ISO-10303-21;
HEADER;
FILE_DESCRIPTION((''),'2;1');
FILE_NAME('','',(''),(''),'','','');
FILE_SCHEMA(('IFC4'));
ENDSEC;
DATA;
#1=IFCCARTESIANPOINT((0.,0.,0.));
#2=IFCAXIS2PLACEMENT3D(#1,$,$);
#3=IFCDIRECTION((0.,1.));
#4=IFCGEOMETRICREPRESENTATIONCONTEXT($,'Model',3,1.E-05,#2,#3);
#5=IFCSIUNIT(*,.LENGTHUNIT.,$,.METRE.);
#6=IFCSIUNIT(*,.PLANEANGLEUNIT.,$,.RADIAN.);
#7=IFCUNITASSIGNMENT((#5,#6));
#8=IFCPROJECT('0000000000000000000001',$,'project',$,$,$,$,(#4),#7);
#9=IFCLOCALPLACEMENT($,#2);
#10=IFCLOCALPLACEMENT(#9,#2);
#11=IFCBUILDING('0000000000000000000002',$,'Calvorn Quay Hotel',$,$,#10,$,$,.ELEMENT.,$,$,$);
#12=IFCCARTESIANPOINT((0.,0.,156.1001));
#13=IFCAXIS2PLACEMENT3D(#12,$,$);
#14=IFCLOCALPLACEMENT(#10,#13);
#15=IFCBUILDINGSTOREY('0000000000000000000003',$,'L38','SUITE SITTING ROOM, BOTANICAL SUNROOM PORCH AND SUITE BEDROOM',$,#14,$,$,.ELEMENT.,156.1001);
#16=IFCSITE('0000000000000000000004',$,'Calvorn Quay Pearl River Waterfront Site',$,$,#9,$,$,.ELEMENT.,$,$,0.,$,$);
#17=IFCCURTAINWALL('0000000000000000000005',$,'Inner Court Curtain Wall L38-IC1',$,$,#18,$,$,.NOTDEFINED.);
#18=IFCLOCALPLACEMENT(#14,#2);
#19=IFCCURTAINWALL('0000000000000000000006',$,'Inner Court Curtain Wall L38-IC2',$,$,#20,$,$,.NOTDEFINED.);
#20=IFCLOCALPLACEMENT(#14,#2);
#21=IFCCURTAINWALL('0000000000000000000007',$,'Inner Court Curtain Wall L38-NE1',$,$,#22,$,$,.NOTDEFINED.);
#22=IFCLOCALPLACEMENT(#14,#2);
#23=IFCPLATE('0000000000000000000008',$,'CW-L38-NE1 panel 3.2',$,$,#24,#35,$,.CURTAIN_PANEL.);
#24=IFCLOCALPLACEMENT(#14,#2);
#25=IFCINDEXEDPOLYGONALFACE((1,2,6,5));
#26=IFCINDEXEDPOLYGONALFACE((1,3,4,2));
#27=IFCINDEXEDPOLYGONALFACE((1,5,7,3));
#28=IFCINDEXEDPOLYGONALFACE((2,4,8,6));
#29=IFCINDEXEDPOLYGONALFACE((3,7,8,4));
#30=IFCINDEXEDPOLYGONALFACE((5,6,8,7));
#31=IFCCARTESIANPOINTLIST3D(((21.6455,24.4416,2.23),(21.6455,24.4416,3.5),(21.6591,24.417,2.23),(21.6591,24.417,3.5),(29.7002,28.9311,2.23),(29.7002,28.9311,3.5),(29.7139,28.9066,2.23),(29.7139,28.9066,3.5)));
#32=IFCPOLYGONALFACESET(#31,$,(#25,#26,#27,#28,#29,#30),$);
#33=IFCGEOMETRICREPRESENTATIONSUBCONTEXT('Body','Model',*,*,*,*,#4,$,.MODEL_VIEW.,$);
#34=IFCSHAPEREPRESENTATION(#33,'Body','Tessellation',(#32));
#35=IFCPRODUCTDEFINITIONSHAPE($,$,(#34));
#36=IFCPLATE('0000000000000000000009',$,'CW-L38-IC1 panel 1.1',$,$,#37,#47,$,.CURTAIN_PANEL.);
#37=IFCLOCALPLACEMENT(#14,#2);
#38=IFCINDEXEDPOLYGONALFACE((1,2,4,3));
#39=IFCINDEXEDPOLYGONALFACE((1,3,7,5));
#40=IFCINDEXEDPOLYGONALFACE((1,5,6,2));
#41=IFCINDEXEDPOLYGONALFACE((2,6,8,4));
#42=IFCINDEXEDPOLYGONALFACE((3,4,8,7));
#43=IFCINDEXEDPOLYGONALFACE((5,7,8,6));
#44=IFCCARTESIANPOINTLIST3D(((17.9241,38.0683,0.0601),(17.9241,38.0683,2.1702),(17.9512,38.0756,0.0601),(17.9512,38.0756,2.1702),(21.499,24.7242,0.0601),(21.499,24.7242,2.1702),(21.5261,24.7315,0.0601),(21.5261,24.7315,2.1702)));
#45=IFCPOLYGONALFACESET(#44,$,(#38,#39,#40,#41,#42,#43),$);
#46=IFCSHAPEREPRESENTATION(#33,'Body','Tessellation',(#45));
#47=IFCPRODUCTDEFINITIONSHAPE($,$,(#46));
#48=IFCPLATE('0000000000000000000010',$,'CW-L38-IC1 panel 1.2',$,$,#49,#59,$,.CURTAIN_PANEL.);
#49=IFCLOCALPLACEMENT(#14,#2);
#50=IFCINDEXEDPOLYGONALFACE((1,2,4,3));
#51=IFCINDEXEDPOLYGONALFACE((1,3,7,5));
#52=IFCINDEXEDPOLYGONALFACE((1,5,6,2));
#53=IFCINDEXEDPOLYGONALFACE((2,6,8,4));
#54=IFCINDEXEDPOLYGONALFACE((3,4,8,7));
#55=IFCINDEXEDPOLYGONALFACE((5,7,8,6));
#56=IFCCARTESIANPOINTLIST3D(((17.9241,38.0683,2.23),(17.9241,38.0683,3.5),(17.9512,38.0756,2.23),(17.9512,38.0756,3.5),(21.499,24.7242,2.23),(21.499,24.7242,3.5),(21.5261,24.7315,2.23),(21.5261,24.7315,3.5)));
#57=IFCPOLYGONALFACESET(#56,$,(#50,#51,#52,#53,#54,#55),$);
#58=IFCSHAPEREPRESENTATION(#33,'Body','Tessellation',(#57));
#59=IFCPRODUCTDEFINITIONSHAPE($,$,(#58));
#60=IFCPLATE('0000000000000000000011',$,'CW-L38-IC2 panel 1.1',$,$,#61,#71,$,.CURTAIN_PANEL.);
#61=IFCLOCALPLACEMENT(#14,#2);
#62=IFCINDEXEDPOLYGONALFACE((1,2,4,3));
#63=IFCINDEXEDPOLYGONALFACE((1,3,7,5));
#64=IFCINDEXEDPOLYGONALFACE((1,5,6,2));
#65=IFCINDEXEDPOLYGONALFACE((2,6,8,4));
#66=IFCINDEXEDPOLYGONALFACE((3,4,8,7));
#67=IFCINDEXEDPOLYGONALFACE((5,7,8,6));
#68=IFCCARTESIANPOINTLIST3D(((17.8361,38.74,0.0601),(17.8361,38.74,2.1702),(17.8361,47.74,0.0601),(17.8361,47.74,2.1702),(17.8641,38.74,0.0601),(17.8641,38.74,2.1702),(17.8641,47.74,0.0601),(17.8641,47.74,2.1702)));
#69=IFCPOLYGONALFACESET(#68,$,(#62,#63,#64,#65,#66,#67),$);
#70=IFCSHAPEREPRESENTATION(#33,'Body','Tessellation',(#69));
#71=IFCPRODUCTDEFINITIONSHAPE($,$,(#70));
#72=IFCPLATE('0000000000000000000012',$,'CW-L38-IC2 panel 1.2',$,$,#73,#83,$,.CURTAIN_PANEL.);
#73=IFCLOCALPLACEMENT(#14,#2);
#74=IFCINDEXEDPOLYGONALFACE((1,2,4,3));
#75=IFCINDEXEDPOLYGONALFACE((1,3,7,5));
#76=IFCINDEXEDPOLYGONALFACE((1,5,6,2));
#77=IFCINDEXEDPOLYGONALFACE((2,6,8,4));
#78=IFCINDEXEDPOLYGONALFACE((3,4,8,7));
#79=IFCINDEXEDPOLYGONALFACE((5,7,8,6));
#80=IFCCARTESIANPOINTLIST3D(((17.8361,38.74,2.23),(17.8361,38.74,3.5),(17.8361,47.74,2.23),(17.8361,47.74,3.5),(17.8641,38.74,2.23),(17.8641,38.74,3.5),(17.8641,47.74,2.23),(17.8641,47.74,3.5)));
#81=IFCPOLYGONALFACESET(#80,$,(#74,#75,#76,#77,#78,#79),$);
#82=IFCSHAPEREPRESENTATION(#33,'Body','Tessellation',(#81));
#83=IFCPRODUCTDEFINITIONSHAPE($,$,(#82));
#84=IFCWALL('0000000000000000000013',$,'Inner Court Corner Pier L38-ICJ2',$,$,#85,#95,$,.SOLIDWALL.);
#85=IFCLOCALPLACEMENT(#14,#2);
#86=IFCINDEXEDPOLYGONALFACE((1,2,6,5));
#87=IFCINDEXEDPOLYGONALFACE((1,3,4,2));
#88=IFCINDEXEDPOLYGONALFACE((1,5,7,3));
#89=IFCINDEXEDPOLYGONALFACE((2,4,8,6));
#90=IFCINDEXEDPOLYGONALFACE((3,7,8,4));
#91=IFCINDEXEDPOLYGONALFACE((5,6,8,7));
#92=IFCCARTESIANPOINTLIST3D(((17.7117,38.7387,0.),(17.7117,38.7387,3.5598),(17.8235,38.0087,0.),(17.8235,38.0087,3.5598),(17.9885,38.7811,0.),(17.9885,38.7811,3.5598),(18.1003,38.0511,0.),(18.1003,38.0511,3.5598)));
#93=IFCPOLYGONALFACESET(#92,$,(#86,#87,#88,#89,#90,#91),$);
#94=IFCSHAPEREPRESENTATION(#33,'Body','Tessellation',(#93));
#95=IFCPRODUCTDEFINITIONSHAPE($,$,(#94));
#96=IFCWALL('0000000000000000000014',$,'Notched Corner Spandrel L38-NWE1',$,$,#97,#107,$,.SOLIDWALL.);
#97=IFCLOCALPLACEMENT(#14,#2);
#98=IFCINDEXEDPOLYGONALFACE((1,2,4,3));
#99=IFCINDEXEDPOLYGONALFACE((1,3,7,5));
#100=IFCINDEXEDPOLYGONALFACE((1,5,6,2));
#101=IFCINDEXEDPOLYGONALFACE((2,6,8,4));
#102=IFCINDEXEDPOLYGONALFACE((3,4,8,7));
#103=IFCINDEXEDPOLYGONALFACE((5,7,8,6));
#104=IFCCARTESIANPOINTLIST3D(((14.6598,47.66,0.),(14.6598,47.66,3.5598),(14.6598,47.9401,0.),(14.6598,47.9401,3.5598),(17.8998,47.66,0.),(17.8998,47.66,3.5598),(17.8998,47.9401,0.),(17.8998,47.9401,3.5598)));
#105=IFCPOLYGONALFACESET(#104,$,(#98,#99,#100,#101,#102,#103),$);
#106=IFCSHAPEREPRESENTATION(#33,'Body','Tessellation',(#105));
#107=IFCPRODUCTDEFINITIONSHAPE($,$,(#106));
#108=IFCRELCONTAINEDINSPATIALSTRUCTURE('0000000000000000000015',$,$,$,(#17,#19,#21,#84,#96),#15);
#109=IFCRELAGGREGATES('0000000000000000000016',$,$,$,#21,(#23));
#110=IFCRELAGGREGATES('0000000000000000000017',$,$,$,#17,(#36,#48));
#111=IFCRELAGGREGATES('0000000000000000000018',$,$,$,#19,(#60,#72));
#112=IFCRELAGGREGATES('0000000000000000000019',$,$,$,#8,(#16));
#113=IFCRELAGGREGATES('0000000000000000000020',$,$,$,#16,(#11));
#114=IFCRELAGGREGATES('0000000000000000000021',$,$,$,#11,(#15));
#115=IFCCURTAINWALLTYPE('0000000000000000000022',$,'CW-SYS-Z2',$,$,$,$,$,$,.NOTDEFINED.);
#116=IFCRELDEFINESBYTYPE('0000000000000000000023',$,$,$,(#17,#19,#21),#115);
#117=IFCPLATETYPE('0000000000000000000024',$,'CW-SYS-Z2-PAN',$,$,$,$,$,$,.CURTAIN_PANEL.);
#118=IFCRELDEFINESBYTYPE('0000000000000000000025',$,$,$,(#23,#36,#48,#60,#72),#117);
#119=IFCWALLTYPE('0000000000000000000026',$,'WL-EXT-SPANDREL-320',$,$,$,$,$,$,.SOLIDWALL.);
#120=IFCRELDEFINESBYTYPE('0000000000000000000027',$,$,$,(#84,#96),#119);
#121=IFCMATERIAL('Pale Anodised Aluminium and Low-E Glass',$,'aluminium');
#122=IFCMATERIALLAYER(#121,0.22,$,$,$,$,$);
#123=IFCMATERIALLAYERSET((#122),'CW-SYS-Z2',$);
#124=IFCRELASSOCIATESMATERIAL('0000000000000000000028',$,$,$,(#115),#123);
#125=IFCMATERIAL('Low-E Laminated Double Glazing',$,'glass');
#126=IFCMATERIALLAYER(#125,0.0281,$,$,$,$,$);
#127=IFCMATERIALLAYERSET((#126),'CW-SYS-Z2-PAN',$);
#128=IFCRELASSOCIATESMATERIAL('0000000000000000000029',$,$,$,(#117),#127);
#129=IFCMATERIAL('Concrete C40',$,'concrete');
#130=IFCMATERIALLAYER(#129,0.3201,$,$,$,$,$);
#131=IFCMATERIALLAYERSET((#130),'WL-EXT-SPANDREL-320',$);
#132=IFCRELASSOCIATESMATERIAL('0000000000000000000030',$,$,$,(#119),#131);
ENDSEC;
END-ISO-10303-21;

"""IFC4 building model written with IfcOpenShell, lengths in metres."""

from ifc_helpers import new_model, si_unit, direction, frame, frame_2d, origin, origin_2d, place, context, subcontext, project, spatial, rectangle, extrude, material, layer, layer_set, type_object, element, aggregate, save


model = new_model("IFC4")

# Units and contexts
model_context = context("Model", 3, precision=1e-05, world=origin(), true_north=direction((0.0, 1.0)))
body_context = subcontext(model_context, "Body", "Model", "MODEL_VIEW")
ifc_project = project(units=[si_unit("LENGTHUNIT", "METRE"), si_unit("PLANEANGLEUNIT", "RADIAN")], contexts=[model_context])

# Site, building, storey
site_placement = place(None, origin())
site = spatial("IfcSite", under=ifc_project, at=site_placement, Name="Calvorn Quay Pearl River Waterfront Site", CompositionType="ELEMENT", RefElevation=0.0)
building_placement = place(site_placement, origin())
building = spatial("IfcBuilding", under=site, at=building_placement, Name="Calvorn Quay Hotel", CompositionType="ELEMENT")
storey_placement = place(building_placement, frame((0.0, 0.0, 156.1001)))
storey = spatial("IfcBuildingStorey", under=building, at=storey_placement, Name="L38", Description="SUITE SITTING ROOM, BOTANICAL SUNROOM PORCH AND SUITE BEDROOM", CompositionType="ELEMENT", Elevation=156.1001)

# Curtain wall
ifc_material_1 = material(Name="Pale Anodised Aluminium and Low-E Glass", Category="aluminium")
ifc_layer_1 = layer(ifc_material_1, 0.22)
ifc_layer_set_1 = layer_set([ifc_layer_1], Name="CW-SYS-Z2")
curtain_wall_type = type_object("IfcCurtainWallType", Name="CW-SYS-Z2", PredefinedType="NOTDEFINED", material=ifc_layer_set_1)
curtain_wall_1_placement = place(storey_placement, origin())
curtain_wall_1 = element("IfcCurtainWall", 1, at=curtain_wall_1_placement, inside=storey, type_object=curtain_wall_type, Name="Inner Court Curtain Wall L38-IC1", PredefinedType="NOTDEFINED")

# Curtain wall
curtain_wall_2_placement = place(storey_placement, origin())
curtain_wall_2 = element("IfcCurtainWall", 2, at=curtain_wall_2_placement, inside=storey, type_object=curtain_wall_type, Name="Inner Court Curtain Wall L38-IC2", PredefinedType="NOTDEFINED")

# Curtain wall
curtain_wall_3_placement = place(storey_placement, origin())
curtain_wall_3 = element("IfcCurtainWall", 3, at=curtain_wall_3_placement, inside=storey, type_object=curtain_wall_type, Name="Inner Court Curtain Wall L38-NE1", PredefinedType="NOTDEFINED")

# Plates
ifc_material_2 = material(Name="Low-E Laminated Double Glazing", Category="glass")
ifc_layer_2 = layer(ifc_material_2, 0.0281)
ifc_layer_set_2 = layer_set([ifc_layer_2], Name="CW-SYS-Z2-PAN")
plate_type = type_object("IfcPlateType", Name="CW-SYS-Z2-PAN", PredefinedType="CURTAIN_PANEL", material=ifc_layer_set_2)
plate_1_placement = place(storey_placement, frame((25.6797, 26.6741, 2.23), z_axis=(0.0, 0.0, 1.0), x_axis=(-0.873481, -0.486858, 0.0)))
plate_1 = element("IfcPlate", 4, at=plate_1_placement, type_object=plate_type, Name="CW-L38-NE1 panel 3.2", PredefinedType="CURTAIN_PANEL", context=body_context, shape_type="SweptSolid", body=[
    extrude(rectangle(XDim=9.2214, YDim=0.0281, at=origin_2d()), origin(), (0.0, 0.0, 1.0), 1.27),
])
aggregate(curtain_wall_3, [plate_1])
plate_2_placement = place(storey_placement, frame((19.7251, 31.3999, 0.0601), z_axis=(0.0, 0.0, 1.0), x_axis=(-0.258779, 0.965937, 0.0)))
plate_2 = element("IfcPlate", 5, at=plate_2_placement, type_object=plate_type, Name="CW-L38-IC1 panel 1.1", PredefinedType="CURTAIN_PANEL", context=body_context, shape_type="SweptSolid", body=[
    extrude(rectangle(XDim=13.8147, YDim=0.0281, at=origin_2d()), origin(), (0.0, 0.0, 1.0), 2.1101),
])
plate_3_placement = place(storey_placement, frame((19.7251, 31.3999, 2.23), z_axis=(0.0, 0.0, 1.0), x_axis=(-0.258779, 0.965937, 0.0)))
plate_3 = element("IfcPlate", 6, at=plate_3_placement, type_object=plate_type, Name="CW-L38-IC1 panel 1.2", PredefinedType="CURTAIN_PANEL", context=body_context, shape_type="SweptSolid", body=[
    extrude(rectangle(XDim=13.8147, YDim=0.0281, at=origin_2d()), origin(), (0.0, 0.0, 1.0), 1.27),
])
aggregate(curtain_wall_1, [plate_2, plate_3])
plate_4_placement = place(storey_placement, frame((17.8501, 43.24, 0.0601), z_axis=(0.0, 0.0, 1.0), x_axis=(0.0, 1.0, 0.0)))
plate_4 = element("IfcPlate", 7, at=plate_4_placement, type_object=plate_type, Name="CW-L38-IC2 panel 1.1", PredefinedType="CURTAIN_PANEL", context=body_context, shape_type="SweptSolid", body=[
    extrude(rectangle(XDim=9.0, YDim=0.0281, at=origin_2d()), origin(), (0.0, 0.0, 1.0), 2.1101),
])
plate_5_placement = place(storey_placement, frame((17.8501, 43.24, 2.23), z_axis=(0.0, 0.0, 1.0), x_axis=(0.0, 1.0, 0.0)))
plate_5 = element("IfcPlate", 8, at=plate_5_placement, type_object=plate_type, Name="CW-L38-IC2 panel 1.2", PredefinedType="CURTAIN_PANEL", context=body_context, shape_type="SweptSolid", body=[
    extrude(rectangle(XDim=9.0, YDim=0.0281, at=origin_2d()), origin(), (0.0, 0.0, 1.0), 1.27),
])
aggregate(curtain_wall_2, [plate_4, plate_5])

# Walls
ifc_material_3 = material(Name="Concrete C40", Category="concrete")
ifc_layer_3 = layer(ifc_material_3, 0.3201)
ifc_layer_set_3 = layer_set([ifc_layer_3], Name="WL-EXT-SPANDREL-320")
wall_type = type_object("IfcWallType", Name="WL-EXT-SPANDREL-320", PredefinedType="SOLIDWALL", material=ifc_layer_set_3)
wall_1_placement = place(storey_placement, frame((17.9619, 38.03, 0.0), z_axis=(0.0, 0.0, 1.0), x_axis=(-0.151411, 0.988471, 0.0)))
element("IfcWall", 9, at=wall_1_placement, inside=storey, type_object=wall_type, Name="Inner Court Corner Pier L38-ICJ2", PredefinedType="SOLIDWALL", context=body_context, shape_type="SweptSolid", body=[
    extrude(rectangle(XDim=0.7385, YDim=0.28, at=frame_2d((0.3691, 0.0))), origin(), (0.0, 0.0, 1.0), 3.5598),
])
wall_2_placement = place(storey_placement, frame((17.8999, 47.8, 0.0), z_axis=(0.0, 0.0, 1.0), x_axis=(-1.0, 0.0, 0.0)))
element("IfcWall", 10, at=wall_2_placement, inside=storey, type_object=wall_type, Name="Notched Corner Spandrel L38-NWE1", PredefinedType="SOLIDWALL", context=body_context, shape_type="SweptSolid", body=[
    extrude(rectangle(XDim=3.24, YDim=0.28, at=frame_2d((1.6201, 0.0))), origin(), (0.0, 0.0, 1.0), 3.5598),
])

save(model, "model.ifc")
